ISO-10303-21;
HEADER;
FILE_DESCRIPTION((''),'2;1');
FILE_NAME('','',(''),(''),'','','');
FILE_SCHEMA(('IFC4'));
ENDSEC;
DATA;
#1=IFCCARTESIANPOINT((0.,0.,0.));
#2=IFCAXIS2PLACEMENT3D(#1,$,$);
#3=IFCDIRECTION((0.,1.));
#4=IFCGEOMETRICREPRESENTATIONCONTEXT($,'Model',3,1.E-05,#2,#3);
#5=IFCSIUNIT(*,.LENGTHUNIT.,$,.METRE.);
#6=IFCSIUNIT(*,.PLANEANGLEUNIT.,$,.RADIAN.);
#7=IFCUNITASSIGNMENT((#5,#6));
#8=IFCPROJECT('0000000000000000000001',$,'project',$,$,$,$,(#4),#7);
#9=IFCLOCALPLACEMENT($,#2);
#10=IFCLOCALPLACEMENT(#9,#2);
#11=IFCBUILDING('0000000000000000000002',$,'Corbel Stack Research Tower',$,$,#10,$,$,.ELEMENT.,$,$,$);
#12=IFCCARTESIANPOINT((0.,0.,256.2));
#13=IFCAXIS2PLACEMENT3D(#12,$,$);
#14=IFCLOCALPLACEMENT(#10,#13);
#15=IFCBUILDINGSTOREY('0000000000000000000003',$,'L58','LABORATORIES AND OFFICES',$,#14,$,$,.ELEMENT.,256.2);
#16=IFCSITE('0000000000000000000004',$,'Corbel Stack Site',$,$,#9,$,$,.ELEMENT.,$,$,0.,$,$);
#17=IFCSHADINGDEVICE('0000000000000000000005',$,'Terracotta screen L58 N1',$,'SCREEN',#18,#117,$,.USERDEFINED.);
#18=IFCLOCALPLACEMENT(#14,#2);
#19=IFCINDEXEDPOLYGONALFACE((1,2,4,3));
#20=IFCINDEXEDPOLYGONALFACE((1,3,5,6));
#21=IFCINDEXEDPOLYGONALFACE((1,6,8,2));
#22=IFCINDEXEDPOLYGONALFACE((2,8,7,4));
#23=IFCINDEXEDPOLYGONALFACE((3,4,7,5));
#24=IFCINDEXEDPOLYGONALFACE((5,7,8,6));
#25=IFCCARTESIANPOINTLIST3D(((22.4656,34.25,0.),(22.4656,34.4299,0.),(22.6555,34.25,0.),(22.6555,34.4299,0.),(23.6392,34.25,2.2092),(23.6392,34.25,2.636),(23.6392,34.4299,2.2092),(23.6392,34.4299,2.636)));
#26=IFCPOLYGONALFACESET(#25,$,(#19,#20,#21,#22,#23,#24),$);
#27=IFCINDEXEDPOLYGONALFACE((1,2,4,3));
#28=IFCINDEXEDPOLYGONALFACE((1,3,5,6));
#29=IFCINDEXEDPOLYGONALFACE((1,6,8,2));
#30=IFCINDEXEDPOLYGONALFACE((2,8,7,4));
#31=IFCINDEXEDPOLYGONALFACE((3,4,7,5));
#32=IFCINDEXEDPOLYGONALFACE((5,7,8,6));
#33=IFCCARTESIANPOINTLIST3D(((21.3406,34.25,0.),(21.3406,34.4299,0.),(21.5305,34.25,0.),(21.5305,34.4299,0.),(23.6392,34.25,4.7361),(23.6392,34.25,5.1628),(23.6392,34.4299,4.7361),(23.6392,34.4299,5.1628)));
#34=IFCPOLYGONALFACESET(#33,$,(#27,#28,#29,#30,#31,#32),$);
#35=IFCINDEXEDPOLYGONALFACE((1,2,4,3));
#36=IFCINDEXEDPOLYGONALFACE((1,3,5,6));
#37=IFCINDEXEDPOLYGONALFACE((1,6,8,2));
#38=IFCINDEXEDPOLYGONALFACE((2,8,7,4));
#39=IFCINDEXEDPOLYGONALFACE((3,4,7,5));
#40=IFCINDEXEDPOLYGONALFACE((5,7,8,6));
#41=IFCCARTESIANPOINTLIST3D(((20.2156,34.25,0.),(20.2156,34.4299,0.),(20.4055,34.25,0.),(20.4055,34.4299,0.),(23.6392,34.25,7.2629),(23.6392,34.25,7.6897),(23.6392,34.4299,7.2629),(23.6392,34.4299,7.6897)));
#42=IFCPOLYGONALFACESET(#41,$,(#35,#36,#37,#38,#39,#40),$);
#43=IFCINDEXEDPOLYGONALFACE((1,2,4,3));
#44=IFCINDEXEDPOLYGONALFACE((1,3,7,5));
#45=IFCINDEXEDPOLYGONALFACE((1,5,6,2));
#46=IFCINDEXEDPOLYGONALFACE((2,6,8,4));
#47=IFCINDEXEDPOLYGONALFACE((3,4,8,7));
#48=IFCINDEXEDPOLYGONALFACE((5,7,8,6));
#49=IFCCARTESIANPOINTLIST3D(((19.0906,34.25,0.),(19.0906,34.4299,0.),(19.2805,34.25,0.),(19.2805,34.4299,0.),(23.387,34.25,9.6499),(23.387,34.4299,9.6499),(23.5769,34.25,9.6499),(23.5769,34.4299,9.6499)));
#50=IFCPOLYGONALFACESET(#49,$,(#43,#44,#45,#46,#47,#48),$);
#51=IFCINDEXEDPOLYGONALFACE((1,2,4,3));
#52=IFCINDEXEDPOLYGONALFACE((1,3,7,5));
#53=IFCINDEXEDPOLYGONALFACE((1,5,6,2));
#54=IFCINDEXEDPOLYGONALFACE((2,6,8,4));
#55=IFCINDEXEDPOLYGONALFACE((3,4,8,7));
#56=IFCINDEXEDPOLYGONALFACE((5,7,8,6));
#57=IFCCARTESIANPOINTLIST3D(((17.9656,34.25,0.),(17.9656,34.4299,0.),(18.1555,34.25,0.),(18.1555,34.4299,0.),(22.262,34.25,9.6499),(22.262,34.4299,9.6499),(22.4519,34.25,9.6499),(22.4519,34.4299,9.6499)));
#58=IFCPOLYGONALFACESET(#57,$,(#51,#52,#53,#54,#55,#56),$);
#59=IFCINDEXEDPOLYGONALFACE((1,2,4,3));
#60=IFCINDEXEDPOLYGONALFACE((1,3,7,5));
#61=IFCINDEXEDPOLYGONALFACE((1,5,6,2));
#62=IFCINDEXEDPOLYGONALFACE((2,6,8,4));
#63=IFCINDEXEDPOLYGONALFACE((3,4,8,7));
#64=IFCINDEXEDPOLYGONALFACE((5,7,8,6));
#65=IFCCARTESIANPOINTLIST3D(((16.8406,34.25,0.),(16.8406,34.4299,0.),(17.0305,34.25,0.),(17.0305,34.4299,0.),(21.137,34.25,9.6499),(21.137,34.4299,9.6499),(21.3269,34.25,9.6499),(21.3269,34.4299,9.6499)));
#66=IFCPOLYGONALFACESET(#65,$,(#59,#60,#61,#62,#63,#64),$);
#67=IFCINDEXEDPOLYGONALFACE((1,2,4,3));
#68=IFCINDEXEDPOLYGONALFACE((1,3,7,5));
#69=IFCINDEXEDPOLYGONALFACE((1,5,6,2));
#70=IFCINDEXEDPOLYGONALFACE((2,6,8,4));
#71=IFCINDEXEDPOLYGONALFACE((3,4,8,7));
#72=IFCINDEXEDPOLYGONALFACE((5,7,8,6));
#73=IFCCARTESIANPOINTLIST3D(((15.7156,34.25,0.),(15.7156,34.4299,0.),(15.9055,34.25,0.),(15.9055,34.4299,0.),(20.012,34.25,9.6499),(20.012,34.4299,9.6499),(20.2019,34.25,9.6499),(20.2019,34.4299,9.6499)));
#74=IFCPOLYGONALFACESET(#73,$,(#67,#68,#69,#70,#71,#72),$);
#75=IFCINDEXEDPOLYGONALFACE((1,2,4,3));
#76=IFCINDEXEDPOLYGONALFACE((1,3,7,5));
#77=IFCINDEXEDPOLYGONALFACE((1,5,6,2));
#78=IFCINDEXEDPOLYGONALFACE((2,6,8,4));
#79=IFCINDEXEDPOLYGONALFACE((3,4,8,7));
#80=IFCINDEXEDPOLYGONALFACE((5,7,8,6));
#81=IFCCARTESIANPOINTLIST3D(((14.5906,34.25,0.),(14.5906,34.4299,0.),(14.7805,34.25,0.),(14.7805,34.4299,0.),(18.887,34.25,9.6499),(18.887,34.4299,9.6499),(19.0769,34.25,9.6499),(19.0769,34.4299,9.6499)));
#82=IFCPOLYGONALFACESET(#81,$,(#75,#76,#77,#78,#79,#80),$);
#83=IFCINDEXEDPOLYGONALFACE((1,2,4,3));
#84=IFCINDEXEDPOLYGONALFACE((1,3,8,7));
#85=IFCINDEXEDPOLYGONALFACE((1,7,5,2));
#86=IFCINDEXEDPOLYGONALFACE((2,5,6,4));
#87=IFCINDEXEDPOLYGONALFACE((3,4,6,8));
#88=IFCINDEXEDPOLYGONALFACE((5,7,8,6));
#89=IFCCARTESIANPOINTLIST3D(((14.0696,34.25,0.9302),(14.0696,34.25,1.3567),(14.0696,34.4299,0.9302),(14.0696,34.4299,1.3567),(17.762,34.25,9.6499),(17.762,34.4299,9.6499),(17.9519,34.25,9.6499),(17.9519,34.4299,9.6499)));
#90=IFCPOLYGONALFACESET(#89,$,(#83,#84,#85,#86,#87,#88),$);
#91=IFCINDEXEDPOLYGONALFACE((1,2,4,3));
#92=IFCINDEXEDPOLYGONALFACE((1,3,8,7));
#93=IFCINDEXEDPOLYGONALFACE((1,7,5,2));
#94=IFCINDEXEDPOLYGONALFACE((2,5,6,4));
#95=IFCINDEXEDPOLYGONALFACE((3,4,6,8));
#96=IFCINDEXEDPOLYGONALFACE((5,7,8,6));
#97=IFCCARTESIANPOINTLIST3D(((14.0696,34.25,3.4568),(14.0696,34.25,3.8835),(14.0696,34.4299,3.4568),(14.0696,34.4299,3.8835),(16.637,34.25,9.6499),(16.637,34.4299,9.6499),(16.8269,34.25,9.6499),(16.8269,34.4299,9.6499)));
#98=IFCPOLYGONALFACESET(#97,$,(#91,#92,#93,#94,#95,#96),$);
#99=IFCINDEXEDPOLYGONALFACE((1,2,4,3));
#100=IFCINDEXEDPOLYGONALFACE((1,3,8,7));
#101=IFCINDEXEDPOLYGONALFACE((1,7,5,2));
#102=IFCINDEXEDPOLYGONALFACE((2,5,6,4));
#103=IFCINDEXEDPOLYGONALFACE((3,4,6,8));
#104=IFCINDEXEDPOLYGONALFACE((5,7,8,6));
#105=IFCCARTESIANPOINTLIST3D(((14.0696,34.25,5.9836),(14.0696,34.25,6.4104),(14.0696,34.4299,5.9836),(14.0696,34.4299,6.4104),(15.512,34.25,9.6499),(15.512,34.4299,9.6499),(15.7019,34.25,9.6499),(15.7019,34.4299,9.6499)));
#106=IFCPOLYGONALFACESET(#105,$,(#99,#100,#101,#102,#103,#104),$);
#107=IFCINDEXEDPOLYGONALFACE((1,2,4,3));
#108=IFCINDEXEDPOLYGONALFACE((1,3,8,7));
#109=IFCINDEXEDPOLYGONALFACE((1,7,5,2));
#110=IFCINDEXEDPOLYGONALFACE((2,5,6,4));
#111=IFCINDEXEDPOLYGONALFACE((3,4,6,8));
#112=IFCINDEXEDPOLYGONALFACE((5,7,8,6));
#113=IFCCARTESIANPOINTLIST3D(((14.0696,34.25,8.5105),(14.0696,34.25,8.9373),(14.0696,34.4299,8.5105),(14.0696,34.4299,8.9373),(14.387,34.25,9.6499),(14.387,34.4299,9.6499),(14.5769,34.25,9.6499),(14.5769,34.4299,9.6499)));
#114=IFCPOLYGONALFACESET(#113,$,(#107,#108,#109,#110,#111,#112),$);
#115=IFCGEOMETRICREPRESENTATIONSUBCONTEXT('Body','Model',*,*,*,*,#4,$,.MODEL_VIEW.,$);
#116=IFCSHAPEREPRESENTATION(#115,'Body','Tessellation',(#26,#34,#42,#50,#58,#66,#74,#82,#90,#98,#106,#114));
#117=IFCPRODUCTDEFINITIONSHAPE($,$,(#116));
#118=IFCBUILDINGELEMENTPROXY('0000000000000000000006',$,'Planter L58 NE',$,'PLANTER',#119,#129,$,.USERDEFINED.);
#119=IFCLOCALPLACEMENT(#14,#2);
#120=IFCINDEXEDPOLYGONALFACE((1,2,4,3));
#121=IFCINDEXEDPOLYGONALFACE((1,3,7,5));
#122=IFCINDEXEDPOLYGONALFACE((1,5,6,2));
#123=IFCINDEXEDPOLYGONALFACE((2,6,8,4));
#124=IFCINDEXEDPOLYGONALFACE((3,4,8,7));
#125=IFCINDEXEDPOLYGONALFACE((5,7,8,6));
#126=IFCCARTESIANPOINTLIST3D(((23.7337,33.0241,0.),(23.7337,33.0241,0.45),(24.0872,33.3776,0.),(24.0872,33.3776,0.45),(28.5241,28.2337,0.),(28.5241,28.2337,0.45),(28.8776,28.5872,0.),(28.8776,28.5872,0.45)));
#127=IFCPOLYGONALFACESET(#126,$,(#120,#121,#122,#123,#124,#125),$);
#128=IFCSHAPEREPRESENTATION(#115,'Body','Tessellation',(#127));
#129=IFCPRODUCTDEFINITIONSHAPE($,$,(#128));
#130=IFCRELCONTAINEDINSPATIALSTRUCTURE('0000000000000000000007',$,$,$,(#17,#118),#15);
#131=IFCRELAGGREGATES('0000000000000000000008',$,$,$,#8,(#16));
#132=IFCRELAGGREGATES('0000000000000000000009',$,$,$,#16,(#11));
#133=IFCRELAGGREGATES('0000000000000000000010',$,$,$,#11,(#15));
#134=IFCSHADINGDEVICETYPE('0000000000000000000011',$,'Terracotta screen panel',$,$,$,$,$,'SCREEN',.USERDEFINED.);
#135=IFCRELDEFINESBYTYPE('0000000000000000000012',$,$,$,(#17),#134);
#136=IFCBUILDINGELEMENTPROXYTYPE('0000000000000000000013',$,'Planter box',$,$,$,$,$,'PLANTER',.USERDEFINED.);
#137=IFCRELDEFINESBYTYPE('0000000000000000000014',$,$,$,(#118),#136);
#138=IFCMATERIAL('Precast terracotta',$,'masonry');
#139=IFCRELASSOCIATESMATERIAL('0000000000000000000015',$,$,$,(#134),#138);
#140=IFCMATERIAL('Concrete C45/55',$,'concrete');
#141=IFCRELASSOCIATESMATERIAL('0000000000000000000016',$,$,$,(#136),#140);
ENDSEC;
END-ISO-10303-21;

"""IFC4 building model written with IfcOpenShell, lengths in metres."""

from ifc_helpers import new_model, si_unit, direction, frame, origin, origin_2d, place, context, subcontext, project, spatial, polyline, rectangle, outline, extrude, source, transform, mapped, material, type_object, element, save


model = new_model("IFC4")

# Units and contexts
model_context = context("Model", 3, precision=1e-05, world=origin(), true_north=direction((0.0, 1.0)))
body_context = subcontext(model_context, "Body", "Model", "MODEL_VIEW")
ifc_project = project(units=[si_unit("LENGTHUNIT", "METRE"), si_unit("PLANEANGLEUNIT", "RADIAN")], contexts=[model_context])

# Site, building, storey
site_placement = place(None, origin())
site = spatial("IfcSite", under=ifc_project, at=site_placement, Name="Corbel Stack Site", CompositionType="ELEMENT", RefElevation=0.0)
building_placement = place(site_placement, origin())
building = spatial("IfcBuilding", under=site, at=building_placement, Name="Corbel Stack Research Tower", CompositionType="ELEMENT")
storey_placement = place(building_placement, frame((0.0, 0.0, 256.2)))
storey = spatial("IfcBuildingStorey", under=building, at=storey_placement, Name="L58", Description="LABORATORIES AND OFFICES", CompositionType="ELEMENT", Elevation=256.2)

# Shading device
ifc_material_1 = material(Name="Precast terracotta", Category="masonry")
shading_device_type = type_object("IfcShadingDeviceType", Name="Terracotta screen panel", ElementType="SCREEN", PredefinedType="USERDEFINED", material=ifc_material_1)
shared_shape_1 = source(origin(), body_context, "Body", "SweptSolid", [
    extrude(outline(polyline([(1.1736, 0.0), (0.0, 2.636), (0.0, 2.2092), (0.9836, 0.0), (1.1736, 0.0)])), frame((0.0, 0.0, 0.0), z_axis=(0.0, -1.0, 0.0), x_axis=(1.0, 0.0, 0.0)), (0.0, 0.0, 1.0), 0.1799),
    extrude(outline(polyline([(2.2986, 0.0), (0.0, 5.1628), (0.0, 4.7361), (2.1086, 0.0), (2.2986, 0.0)])), frame((0.0, 0.0, 0.0), z_axis=(0.0, -1.0, 0.0), x_axis=(1.0, 0.0, 0.0)), (0.0, 0.0, 1.0), 0.1799),
    extrude(outline(polyline([(3.4236, 0.0), (0.0, 7.6897), (0.0, 7.2629), (3.2336, 0.0), (3.4236, 0.0)])), frame((0.0, 0.0, 0.0), z_axis=(0.0, -1.0, 0.0), x_axis=(1.0, 0.0, 0.0)), (0.0, 0.0, 1.0), 0.1799),
    extrude(outline(polyline([(4.5486, 0.0), (0.2522, 9.6499), (0.0623, 9.6499), (4.3586, 0.0), (4.5486, 0.0)])), frame((0.0, 0.0, 0.0), z_axis=(0.0, -1.0, 0.0), x_axis=(1.0, 0.0, 0.0)), (0.0, 0.0, 1.0), 0.1799),
    extrude(outline(polyline([(5.6736, 0.0), (1.3772, 9.6499), (1.1873, 9.6499), (5.4836, 0.0), (5.6736, 0.0)])), frame((0.0, 0.0, 0.0), z_axis=(0.0, -1.0, 0.0), x_axis=(1.0, 0.0, 0.0)), (0.0, 0.0, 1.0), 0.1799),
    extrude(outline(polyline([(6.7986, 0.0), (2.5022, 9.6499), (2.3123, 9.6499), (6.6086, 0.0), (6.7986, 0.0)])), frame((0.0, 0.0, 0.0), z_axis=(0.0, -1.0, 0.0), x_axis=(1.0, 0.0, 0.0)), (0.0, 0.0, 1.0), 0.1799),
    extrude(outline(polyline([(7.9236, 0.0), (3.6272, 9.6499), (3.4373, 9.6499), (7.7336, 0.0), (7.9236, 0.0)])), frame((0.0, 0.0, 0.0), z_axis=(0.0, -1.0, 0.0), x_axis=(1.0, 0.0, 0.0)), (0.0, 0.0, 1.0), 0.1799),
    extrude(outline(polyline([(9.0486, 0.0), (4.7522, 9.6499), (4.5623, 9.6499), (8.8586, 0.0), (9.0486, 0.0)])), frame((0.0, 0.0, 0.0), z_axis=(0.0, -1.0, 0.0), x_axis=(1.0, 0.0, 0.0)), (0.0, 0.0, 1.0), 0.1799),
    extrude(outline(polyline([(5.8772, 9.6499), (5.6873, 9.6499), (9.5696, 0.9302), (9.5696, 1.3567), (5.8772, 9.6499)])), frame((0.0, 0.0, 0.0), z_axis=(0.0, -1.0, 0.0), x_axis=(1.0, 0.0, 0.0)), (0.0, 0.0, 1.0), 0.1799),
    extrude(outline(polyline([(7.0022, 9.6499), (6.8123, 9.6499), (9.5696, 3.4568), (9.5696, 3.8835), (7.0022, 9.6499)])), frame((0.0, 0.0, 0.0), z_axis=(0.0, -1.0, 0.0), x_axis=(1.0, 0.0, 0.0)), (0.0, 0.0, 1.0), 0.1799),
    extrude(outline(polyline([(8.1272, 9.6499), (7.9373, 9.6499), (9.5696, 5.9836), (9.5696, 6.4104), (8.1272, 9.6499)])), frame((0.0, 0.0, 0.0), z_axis=(0.0, -1.0, 0.0), x_axis=(1.0, 0.0, 0.0)), (0.0, 0.0, 1.0), 0.1799),
    extrude(outline(polyline([(9.2522, 9.6499), (9.0623, 9.6499), (9.5696, 8.5105), (9.5696, 8.9373), (9.2522, 9.6499)])), frame((0.0, 0.0, 0.0), z_axis=(0.0, -1.0, 0.0), x_axis=(1.0, 0.0, 0.0)), (0.0, 0.0, 1.0), 0.1799),
])
shading_device_1_placement = place(storey_placement, frame((23.6392, 34.25, 0.0), z_axis=(0.0, 0.0, 1.0), x_axis=(-1.0, 0.0, 0.0)))
element("IfcShadingDevice", 1, at=shading_device_1_placement, inside=storey, type_object=shading_device_type, Name="Terracotta screen L58 N1", ObjectType="SCREEN", PredefinedType="USERDEFINED", context=body_context, shape_type="MappedRepresentation", body=[
    mapped(shared_shape_1, transform((0.0, 0.0, 0.0))),
])

# Building element proxy
ifc_material_2 = material(Name="Concrete C45/55", Category="concrete")
building_element_proxy_type = type_object("IfcBuildingElementProxyType", Name="Planter box", ElementType="PLANTER", PredefinedType="USERDEFINED", material=ifc_material_2)
proxy_placement = place(storey_placement, frame((26.3057, 30.8057, 0.0), z_axis=(0.0, 0.0, 1.0), x_axis=(-0.707107, 0.707107, 0.0)))
element("IfcBuildingElementProxy", 2, at=proxy_placement, inside=storey, type_object=building_element_proxy_type, Name="Planter L58 NE", ObjectType="PLANTER", PredefinedType="USERDEFINED", context=body_context, shape_type="SweptSolid", body=[
    extrude(rectangle(XDim=6.7747, YDim=0.5, at=origin_2d()), origin(), (0.0, 0.0, 1.0), 0.45),
])

save(model, "model.ifc")
